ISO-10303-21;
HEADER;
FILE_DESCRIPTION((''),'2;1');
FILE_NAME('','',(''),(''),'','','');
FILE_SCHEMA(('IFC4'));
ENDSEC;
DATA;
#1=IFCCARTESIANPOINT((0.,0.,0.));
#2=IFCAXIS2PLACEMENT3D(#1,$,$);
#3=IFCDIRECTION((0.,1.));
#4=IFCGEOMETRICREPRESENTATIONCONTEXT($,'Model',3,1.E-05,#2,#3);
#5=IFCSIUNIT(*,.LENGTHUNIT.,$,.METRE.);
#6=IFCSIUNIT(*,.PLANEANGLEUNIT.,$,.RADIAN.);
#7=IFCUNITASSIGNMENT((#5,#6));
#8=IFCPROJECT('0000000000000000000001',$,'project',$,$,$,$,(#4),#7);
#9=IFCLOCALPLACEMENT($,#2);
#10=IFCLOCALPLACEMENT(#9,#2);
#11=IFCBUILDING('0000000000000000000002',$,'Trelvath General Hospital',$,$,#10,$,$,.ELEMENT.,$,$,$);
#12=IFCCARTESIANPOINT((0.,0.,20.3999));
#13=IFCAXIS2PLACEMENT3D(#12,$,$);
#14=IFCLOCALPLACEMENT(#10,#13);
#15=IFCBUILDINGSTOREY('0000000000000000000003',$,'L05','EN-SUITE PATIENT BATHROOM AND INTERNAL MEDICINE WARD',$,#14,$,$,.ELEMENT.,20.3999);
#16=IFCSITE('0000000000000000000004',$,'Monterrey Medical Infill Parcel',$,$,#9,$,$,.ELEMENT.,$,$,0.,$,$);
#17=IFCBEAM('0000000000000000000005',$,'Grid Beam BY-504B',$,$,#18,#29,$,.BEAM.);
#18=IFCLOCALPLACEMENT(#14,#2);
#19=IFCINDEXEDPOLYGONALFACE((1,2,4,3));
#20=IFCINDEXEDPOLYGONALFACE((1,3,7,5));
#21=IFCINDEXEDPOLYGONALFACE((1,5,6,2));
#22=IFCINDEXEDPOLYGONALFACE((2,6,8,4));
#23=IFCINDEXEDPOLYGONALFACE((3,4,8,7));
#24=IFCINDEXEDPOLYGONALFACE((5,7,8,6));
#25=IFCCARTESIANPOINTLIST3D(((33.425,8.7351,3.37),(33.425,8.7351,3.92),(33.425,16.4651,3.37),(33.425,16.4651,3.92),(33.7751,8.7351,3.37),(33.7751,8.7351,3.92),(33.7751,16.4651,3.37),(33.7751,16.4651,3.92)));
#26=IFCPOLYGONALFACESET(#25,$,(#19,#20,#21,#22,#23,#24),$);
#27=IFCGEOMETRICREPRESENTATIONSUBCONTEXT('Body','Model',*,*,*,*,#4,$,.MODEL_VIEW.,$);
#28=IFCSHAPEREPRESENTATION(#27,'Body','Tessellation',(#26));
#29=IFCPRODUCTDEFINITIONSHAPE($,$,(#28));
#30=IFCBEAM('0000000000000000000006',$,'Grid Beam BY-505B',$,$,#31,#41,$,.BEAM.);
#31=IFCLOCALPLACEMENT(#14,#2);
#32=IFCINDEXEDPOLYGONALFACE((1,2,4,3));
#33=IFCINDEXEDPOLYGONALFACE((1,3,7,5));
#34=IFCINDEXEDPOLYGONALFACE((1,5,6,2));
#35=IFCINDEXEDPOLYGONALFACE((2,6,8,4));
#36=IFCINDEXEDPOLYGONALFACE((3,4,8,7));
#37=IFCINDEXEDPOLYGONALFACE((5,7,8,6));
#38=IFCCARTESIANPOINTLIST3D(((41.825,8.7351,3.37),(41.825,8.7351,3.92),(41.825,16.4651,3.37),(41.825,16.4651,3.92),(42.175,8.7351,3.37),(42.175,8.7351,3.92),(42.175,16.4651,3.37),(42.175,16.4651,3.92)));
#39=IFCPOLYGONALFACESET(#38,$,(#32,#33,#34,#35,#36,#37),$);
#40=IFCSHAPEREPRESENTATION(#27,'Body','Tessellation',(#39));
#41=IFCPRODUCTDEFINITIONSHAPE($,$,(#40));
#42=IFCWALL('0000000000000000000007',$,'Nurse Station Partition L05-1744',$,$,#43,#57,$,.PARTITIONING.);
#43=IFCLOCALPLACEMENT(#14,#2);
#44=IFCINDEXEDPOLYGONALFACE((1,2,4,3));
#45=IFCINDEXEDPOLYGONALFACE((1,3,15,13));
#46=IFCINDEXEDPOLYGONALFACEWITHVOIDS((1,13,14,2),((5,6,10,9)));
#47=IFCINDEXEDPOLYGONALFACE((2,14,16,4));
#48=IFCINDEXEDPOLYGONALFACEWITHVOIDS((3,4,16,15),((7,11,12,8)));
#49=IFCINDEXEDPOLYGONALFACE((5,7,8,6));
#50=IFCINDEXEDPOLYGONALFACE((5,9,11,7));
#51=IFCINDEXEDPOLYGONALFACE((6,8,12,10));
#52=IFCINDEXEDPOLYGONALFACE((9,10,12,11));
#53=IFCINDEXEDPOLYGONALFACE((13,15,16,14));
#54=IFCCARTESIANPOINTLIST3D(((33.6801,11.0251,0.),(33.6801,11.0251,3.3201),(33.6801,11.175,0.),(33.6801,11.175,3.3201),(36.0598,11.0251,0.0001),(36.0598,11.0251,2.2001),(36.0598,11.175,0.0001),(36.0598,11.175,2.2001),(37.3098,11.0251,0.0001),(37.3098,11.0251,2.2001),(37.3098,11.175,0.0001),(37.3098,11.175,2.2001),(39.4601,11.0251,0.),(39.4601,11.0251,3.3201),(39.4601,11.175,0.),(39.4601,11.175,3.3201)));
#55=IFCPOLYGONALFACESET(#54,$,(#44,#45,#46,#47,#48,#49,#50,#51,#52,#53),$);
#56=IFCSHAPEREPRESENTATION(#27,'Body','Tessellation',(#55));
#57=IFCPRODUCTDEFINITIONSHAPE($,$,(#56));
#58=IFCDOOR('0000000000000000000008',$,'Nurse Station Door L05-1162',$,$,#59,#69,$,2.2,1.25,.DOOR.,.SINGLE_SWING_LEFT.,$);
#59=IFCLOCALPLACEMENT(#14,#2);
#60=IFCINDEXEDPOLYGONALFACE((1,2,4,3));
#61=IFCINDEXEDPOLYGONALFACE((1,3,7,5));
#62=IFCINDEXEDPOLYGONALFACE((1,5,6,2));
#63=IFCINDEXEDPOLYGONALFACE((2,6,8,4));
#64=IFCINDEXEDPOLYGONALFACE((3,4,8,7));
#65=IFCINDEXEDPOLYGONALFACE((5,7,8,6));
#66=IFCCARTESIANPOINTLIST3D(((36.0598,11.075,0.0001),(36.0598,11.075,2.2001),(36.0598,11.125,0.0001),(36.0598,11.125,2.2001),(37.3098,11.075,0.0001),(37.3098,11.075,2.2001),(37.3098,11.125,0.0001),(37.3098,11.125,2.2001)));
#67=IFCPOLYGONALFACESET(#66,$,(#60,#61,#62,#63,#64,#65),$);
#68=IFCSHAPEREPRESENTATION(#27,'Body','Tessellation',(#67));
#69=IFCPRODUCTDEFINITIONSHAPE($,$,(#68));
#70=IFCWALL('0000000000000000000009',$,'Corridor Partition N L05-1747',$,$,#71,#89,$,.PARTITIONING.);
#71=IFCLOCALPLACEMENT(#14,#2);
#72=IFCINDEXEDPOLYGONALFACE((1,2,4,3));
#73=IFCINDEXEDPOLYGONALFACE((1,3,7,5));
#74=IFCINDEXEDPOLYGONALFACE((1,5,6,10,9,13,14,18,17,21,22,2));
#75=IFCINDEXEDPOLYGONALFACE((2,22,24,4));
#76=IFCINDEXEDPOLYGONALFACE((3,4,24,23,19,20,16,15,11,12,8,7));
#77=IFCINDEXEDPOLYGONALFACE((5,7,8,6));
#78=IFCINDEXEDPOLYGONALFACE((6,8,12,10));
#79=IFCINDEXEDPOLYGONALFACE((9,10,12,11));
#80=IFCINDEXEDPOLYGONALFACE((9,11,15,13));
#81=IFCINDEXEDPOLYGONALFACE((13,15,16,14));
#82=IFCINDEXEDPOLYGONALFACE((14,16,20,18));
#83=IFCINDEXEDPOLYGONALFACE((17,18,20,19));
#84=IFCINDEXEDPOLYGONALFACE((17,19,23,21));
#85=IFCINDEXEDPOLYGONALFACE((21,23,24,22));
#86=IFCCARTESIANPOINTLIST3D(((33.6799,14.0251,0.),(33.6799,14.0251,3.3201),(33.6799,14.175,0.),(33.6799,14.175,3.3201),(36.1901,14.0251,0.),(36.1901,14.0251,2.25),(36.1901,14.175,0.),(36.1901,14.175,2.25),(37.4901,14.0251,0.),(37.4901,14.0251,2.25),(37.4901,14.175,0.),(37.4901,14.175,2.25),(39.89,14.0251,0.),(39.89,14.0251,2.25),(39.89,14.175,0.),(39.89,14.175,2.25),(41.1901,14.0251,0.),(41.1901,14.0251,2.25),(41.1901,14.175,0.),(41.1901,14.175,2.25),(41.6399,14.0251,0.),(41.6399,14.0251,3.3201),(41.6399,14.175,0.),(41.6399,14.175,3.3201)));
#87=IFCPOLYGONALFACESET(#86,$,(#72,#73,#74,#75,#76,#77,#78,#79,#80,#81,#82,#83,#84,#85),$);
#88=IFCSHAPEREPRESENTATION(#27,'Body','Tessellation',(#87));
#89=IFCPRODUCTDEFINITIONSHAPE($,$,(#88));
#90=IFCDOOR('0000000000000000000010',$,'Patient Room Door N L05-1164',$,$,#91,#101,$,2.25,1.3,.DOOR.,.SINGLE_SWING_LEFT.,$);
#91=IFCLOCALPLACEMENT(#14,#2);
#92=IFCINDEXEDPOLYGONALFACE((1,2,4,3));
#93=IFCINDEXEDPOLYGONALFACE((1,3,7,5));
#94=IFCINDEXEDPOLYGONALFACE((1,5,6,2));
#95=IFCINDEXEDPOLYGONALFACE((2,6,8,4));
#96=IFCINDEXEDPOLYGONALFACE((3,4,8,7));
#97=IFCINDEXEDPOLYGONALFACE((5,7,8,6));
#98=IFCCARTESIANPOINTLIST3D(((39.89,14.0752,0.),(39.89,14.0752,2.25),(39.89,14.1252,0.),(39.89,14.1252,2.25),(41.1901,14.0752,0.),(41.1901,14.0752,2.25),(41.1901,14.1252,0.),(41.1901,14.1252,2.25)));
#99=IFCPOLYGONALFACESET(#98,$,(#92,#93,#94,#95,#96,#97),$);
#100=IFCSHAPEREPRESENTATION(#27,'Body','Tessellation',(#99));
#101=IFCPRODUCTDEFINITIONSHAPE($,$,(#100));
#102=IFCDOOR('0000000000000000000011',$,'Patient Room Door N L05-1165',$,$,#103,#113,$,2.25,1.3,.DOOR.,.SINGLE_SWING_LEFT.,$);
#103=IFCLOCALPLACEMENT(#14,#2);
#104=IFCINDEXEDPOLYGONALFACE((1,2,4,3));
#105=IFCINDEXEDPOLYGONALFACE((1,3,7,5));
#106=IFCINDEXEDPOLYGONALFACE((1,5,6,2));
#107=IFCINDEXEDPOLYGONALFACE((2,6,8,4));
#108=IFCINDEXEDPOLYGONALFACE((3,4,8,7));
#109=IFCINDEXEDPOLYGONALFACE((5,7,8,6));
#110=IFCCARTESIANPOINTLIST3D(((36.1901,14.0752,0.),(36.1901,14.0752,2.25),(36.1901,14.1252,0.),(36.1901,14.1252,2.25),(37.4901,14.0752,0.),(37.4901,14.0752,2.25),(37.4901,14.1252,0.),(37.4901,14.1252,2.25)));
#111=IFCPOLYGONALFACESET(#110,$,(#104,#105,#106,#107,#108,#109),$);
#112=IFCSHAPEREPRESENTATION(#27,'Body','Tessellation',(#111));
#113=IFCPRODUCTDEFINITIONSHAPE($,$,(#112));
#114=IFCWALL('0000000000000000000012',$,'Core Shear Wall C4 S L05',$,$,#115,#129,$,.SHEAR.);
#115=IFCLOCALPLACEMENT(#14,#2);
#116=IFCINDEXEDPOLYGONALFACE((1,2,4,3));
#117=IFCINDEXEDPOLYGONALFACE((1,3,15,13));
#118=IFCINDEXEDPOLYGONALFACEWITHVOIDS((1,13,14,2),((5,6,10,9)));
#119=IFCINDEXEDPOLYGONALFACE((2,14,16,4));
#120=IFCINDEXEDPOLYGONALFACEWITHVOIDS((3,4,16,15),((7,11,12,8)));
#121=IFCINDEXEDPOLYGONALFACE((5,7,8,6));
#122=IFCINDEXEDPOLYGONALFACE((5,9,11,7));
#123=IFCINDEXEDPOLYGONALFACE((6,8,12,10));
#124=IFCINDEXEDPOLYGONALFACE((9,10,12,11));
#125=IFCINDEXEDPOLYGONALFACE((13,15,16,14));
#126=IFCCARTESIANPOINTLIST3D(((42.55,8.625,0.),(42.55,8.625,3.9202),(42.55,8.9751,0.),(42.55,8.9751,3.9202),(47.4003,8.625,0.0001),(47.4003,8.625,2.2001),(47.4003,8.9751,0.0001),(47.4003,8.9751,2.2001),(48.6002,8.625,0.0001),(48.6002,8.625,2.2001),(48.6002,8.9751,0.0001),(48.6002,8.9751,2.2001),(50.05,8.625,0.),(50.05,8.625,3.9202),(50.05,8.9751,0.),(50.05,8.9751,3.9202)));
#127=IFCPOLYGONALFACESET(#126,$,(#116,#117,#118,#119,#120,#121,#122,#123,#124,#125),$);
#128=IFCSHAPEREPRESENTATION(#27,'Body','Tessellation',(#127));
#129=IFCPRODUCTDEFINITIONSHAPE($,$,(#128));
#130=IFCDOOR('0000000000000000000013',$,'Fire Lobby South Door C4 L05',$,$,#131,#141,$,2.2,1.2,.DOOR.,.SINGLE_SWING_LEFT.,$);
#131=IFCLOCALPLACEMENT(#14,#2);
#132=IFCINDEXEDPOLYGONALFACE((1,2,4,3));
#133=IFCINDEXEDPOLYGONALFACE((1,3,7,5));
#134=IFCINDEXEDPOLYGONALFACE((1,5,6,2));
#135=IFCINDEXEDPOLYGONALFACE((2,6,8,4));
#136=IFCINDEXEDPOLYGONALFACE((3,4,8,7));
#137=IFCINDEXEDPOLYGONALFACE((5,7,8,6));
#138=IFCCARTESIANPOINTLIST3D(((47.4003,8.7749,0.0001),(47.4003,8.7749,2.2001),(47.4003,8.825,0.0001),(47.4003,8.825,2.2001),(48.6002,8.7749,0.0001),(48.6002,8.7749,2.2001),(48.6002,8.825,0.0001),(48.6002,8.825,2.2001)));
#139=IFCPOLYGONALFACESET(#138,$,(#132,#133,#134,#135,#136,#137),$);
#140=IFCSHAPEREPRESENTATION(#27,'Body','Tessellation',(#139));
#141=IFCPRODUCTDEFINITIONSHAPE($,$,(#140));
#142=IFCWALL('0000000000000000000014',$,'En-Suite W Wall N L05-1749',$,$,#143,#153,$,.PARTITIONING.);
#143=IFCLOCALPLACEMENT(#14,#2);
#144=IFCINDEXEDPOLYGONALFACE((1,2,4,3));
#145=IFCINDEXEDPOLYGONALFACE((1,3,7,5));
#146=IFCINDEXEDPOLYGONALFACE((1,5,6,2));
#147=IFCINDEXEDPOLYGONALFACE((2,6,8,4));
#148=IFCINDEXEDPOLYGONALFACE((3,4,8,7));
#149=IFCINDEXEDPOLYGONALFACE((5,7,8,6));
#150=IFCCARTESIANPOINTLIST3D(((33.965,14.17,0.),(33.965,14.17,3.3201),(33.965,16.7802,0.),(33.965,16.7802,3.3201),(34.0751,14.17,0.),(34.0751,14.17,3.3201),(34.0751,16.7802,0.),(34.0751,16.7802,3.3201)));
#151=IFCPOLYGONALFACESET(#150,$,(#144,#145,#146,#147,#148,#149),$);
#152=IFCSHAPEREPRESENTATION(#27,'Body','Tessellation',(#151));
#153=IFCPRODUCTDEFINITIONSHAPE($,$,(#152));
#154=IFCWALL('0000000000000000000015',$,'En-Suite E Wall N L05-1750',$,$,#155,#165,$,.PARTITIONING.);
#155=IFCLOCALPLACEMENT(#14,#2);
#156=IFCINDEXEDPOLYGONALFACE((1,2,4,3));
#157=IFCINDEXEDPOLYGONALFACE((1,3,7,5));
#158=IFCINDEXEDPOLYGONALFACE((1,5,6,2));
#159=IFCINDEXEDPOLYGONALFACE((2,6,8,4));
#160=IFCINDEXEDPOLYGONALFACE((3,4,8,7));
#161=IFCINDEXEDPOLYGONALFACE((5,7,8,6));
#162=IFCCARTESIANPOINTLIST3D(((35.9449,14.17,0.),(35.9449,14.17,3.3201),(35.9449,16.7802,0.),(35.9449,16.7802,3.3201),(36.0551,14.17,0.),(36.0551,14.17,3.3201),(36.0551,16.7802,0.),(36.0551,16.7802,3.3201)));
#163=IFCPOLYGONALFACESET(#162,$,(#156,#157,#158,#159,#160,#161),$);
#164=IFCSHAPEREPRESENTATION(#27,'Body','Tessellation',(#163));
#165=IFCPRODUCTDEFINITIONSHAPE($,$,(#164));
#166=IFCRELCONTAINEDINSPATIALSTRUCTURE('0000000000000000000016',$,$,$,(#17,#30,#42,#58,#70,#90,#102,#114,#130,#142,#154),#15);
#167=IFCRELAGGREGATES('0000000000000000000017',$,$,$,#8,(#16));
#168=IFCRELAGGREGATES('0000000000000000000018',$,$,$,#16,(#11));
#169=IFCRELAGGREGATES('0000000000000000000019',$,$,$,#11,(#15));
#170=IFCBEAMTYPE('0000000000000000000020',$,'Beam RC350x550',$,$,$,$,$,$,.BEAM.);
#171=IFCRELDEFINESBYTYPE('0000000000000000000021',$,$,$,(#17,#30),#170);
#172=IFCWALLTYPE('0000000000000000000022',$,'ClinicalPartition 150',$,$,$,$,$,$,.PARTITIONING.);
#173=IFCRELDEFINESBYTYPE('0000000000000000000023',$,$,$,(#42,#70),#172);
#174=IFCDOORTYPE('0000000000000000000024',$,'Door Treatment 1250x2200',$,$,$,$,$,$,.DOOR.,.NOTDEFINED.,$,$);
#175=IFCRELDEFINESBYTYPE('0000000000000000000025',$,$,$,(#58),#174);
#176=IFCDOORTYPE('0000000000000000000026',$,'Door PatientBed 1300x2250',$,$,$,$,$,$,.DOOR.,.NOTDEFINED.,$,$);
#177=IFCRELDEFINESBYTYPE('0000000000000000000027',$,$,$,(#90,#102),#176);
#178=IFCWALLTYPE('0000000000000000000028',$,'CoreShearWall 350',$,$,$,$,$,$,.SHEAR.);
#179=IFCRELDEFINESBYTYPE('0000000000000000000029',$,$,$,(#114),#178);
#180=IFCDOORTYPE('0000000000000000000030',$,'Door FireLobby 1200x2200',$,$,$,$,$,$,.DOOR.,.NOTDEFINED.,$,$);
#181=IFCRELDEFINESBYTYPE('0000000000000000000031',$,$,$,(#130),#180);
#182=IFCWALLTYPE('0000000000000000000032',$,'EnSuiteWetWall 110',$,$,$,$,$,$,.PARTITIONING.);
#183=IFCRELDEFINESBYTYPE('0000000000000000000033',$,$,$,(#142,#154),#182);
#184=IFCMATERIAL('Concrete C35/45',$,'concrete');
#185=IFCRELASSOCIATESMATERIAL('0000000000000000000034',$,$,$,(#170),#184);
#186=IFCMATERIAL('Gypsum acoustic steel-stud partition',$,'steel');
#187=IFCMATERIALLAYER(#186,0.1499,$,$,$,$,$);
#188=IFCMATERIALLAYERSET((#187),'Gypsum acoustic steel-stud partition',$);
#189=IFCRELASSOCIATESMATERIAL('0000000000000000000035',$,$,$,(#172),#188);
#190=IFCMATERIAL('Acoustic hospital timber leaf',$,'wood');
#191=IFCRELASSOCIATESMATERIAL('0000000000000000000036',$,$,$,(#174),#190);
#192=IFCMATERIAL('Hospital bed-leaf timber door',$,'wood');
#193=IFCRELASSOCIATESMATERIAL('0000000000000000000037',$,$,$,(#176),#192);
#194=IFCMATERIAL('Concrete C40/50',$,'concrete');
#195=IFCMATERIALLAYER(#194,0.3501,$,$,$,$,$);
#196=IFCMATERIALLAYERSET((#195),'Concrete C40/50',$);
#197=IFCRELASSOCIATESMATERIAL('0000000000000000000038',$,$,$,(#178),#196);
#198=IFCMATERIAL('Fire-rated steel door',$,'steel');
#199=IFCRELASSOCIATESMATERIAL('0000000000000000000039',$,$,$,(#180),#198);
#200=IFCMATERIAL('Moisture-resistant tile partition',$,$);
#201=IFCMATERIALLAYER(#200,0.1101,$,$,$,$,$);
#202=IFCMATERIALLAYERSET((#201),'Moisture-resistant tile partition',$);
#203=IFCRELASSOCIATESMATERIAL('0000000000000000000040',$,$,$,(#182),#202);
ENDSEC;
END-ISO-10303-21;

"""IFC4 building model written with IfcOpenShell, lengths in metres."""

from ifc_helpers import new_model, si_unit, direction, frame, frame_2d, origin, origin_2d, place, context, subcontext, project, spatial, rectangle, extrude, material, layer, layer_set, material_profile, profile_set, type_object, element, fill, save


model = new_model("IFC4")

# Units and contexts
model_context = context("Model", 3, precision=1e-05, world=origin(), true_north=direction((0.0, 1.0)))
body_context = subcontext(model_context, "Body", "Model", "MODEL_VIEW")
ifc_project = project(units=[si_unit("LENGTHUNIT", "METRE"), si_unit("PLANEANGLEUNIT", "RADIAN")], contexts=[model_context])

# Site, building, storey
site_placement = place(None, origin())
site = spatial("IfcSite", under=ifc_project, at=site_placement, Name="Monterrey Medical Infill Parcel", CompositionType="ELEMENT", RefElevation=0.0)
building_placement = place(site_placement, origin())
building = spatial("IfcBuilding", under=site, at=building_placement, Name="Trelvath General Hospital", CompositionType="ELEMENT")
storey_placement = place(building_placement, frame((0.0, 0.0, 20.3999)))
storey = spatial("IfcBuildingStorey", under=building, at=storey_placement, Name="L05", Description="EN-SUITE PATIENT BATHROOM AND INTERNAL MEDICINE WARD", CompositionType="ELEMENT", Elevation=20.3999)

# Beams
ifc_material_1 = material(Name="Concrete C35/45", Category="concrete")
ifc_material_profile = material_profile(ifc_material_1, rectangle(XDim=0.3501, YDim=0.55, at=origin_2d()), Name="RCB350x550")
ifc_profile_set = profile_set([ifc_material_profile], Name="Concrete C35/45")
beam_type = type_object("IfcBeamType", Name="Beam RC350x550", PredefinedType="BEAM", material=ifc_profile_set)
for number, where, z_axis, x_axis, name in (
    (1, (33.6001, 8.7351, 3.645), (0.0, 1.0, 0.0), (-1.0, 0.0, 0.0), "Grid Beam BY-504B"),
    (2, (42.0, 8.7351, 3.645), (0.0, 1.0, 0.0), (-1.0, 0.0, 0.0), "Grid Beam BY-505B"),
):
    element("IfcBeam", number, at=place(storey_placement, frame(where, z_axis=z_axis, x_axis=x_axis)), inside=storey, type_object=beam_type, Name=name, PredefinedType="BEAM", context=body_context, shape_type="SweptSolid", body=[
        extrude(rectangle(XDim=0.3501, YDim=0.55, at=origin_2d()), origin(), (0.0, 0.0, 1.0), 7.73),
    ])

# Wall, opening, door
ifc_material_2 = material(Name="Gypsum acoustic steel-stud partition", Category="steel")
ifc_layer_1 = layer(ifc_material_2, 0.1499)
ifc_layer_set_1 = layer_set([ifc_layer_1], Name="Gypsum acoustic steel-stud partition")
wall_type_1 = type_object("IfcWallType", Name="ClinicalPartition 150", PredefinedType="PARTITIONING", material=ifc_layer_set_1)
wall_1_placement = place(storey_placement, frame((33.6799, 11.1001, 0.0), z_axis=(0.0, 0.0, 1.0), x_axis=(1.0, 0.0, 0.0)))
wall_1 = element("IfcWall", 3, at=wall_1_placement, inside=storey, type_object=wall_type_1, Name="Nurse Station Partition L05-1744", PredefinedType="PARTITIONING", context=body_context, shape_type="SweptSolid", body=[
    extrude(rectangle(XDim=5.78, YDim=0.1499, at=frame_2d((2.8901, 0.0))), origin(), (0.0, 0.0, 1.0), 3.3201),
])
opening_1_placement = place(wall_1_placement, frame((2.3799, 0.0, 0.0)))
opening_1 = element("IfcOpeningElement", 4, at=opening_1_placement, cuts=wall_1, PredefinedType="OPENING", context=body_context, shape_type="SweptSolid", body=[
    extrude(rectangle(XDim=1.25, YDim=2.2, at=frame_2d((0.625, 1.1001))), frame((0.0, 0.085, 0.0), z_axis=(0.0, -1.0, 0.0), x_axis=(1.0, 0.0, 0.0)), (0.0, 0.0, 1.0), 0.1699),
])
ifc_material_3 = material(Name="Acoustic hospital timber leaf", Category="wood")
door_type_1 = type_object("IfcDoorType", Name="Door Treatment 1250x2200", OperationType="NOTDEFINED", PredefinedType="DOOR", material=ifc_material_3)
door_1_placement = place(opening_1_placement, origin())
door_1 = element("IfcDoor", 5, at=door_1_placement, inside=storey, type_object=door_type_1, Name="Nurse Station Door L05-1162", OperationType="SINGLE_SWING_LEFT", OverallHeight=2.2, OverallWidth=1.25, PredefinedType="DOOR", context=body_context, shape_type="SweptSolid", body=[
    extrude(rectangle(XDim=1.25, YDim=2.2, at=frame_2d((0.625, 1.1001))), frame((0.0, 0.0249, 0.0), z_axis=(0.0, -1.0, 0.0), x_axis=(1.0, 0.0, 0.0)), (0.0, 0.0, 1.0), 0.05),
])
fill(opening_1, door_1)

# Wall, openings, doors
wall_2_placement = place(storey_placement, frame((41.6399, 14.1001, 0.0), z_axis=(0.0, 0.0, 1.0), x_axis=(-1.0, 0.0, 0.0)))
wall_2 = element("IfcWall", 6, at=wall_2_placement, inside=storey, type_object=wall_type_1, Name="Corridor Partition N L05-1747", PredefinedType="PARTITIONING", context=body_context, shape_type="SweptSolid", body=[
    extrude(rectangle(XDim=7.96, YDim=0.1499, at=frame_2d((3.98, 0.0))), origin(), (0.0, 0.0, 1.0), 3.3201),
])
opening_2_placement = place(wall_2_placement, frame((0.45, 0.0, 0.0)))
opening_2 = element("IfcOpeningElement", 7, at=opening_2_placement, cuts=wall_2, PredefinedType="OPENING", context=body_context, shape_type="SweptSolid", body=[
    extrude(rectangle(XDim=1.3, YDim=2.25, at=frame_2d((0.6499, 1.125))), frame((0.0, 0.085, 0.0), z_axis=(0.0, -1.0, 0.0), x_axis=(1.0, 0.0, 0.0)), (0.0, 0.0, 1.0), 0.1699),
])
opening_3_placement = place(wall_2_placement, frame((4.1499, 0.0, 0.0)))
opening_3 = element("IfcOpeningElement", 8, at=opening_3_placement, cuts=wall_2, PredefinedType="OPENING", context=body_context, shape_type="SweptSolid", body=[
    extrude(rectangle(XDim=1.3, YDim=2.25, at=frame_2d((0.6499, 1.125))), frame((0.0, 0.085, 0.0), z_axis=(0.0, -1.0, 0.0), x_axis=(1.0, 0.0, 0.0)), (0.0, 0.0, 1.0), 0.1699),
])
ifc_material_4 = material(Name="Hospital bed-leaf timber door", Category="wood")
door_type_2 = type_object("IfcDoorType", Name="Door PatientBed 1300x2250", OperationType="NOTDEFINED", PredefinedType="DOOR", material=ifc_material_4)
door_2_placement = place(opening_2_placement, origin())
door_2 = element("IfcDoor", 9, at=door_2_placement, inside=storey, type_object=door_type_2, Name="Patient Room Door N L05-1164", OperationType="SINGLE_SWING_LEFT", OverallHeight=2.25, OverallWidth=1.3, PredefinedType="DOOR", context=body_context, shape_type="SweptSolid", body=[
    extrude(rectangle(XDim=1.3, YDim=2.25, at=frame_2d((0.6499, 1.125))), frame((0.0, 0.0249, 0.0), z_axis=(0.0, -1.0, 0.0), x_axis=(1.0, 0.0, 0.0)), (0.0, 0.0, 1.0), 0.05),
])
fill(opening_2, door_2)
door_3_placement = place(opening_3_placement, origin())
door_3 = element("IfcDoor", 10, at=door_3_placement, inside=storey, type_object=door_type_2, Name="Patient Room Door N L05-1165", OperationType="SINGLE_SWING_LEFT", OverallHeight=2.25, OverallWidth=1.3, PredefinedType="DOOR", context=body_context, shape_type="SweptSolid", body=[
    extrude(rectangle(XDim=1.3, YDim=2.25, at=frame_2d((0.6499, 1.125))), frame((0.0, 0.0249, 0.0), z_axis=(0.0, -1.0, 0.0), x_axis=(1.0, 0.0, 0.0)), (0.0, 0.0, 1.0), 0.05),
])
fill(opening_3, door_3)

# Wall, opening, door
ifc_material_5 = material(Name="Concrete C40/50", Category="concrete")
ifc_layer_2 = layer(ifc_material_5, 0.3501)
ifc_layer_set_2 = layer_set([ifc_layer_2], Name="Concrete C40/50")
wall_type_2 = type_object("IfcWallType", Name="CoreShearWall 350", PredefinedType="SHEAR", material=ifc_layer_set_2)
wall_3_placement = place(storey_placement, frame((42.55, 8.8, 0.0), z_axis=(0.0, 0.0, 1.0), x_axis=(1.0, 0.0, 0.0)))
wall_3 = element("IfcWall", 11, at=wall_3_placement, inside=storey, type_object=wall_type_2, Name="Core Shear Wall C4 S L05", PredefinedType="SHEAR", context=body_context, shape_type="SweptSolid", body=[
    extrude(rectangle(XDim=7.5, YDim=0.3501, at=frame_2d((3.75, 0.0))), origin(), (0.0, 0.0, 1.0), 3.9202),
])
opening_4_placement = place(wall_3_placement, frame((4.8501, 0.0, 0.0)))
opening_4 = element("IfcOpeningElement", 12, at=opening_4_placement, cuts=wall_3, PredefinedType="OPENING", context=body_context, shape_type="SweptSolid", body=[
    extrude(rectangle(XDim=1.2, YDim=2.2, at=frame_2d((0.6001, 1.1001))), frame((0.0, 0.1851, 0.0), z_axis=(0.0, -1.0, 0.0), x_axis=(1.0, 0.0, 0.0)), (0.0, 0.0, 1.0), 0.3701),
])
ifc_material_6 = material(Name="Fire-rated steel door", Category="steel")
door_type_3 = type_object("IfcDoorType", Name="Door FireLobby 1200x2200", OperationType="NOTDEFINED", PredefinedType="DOOR", material=ifc_material_6)
door_4_placement = place(opening_4_placement, origin())
door_4 = element("IfcDoor", 13, at=door_4_placement, inside=storey, type_object=door_type_3, Name="Fire Lobby South Door C4 L05", OperationType="SINGLE_SWING_LEFT", OverallHeight=2.2, OverallWidth=1.2, PredefinedType="DOOR", context=body_context, shape_type="SweptSolid", body=[
    extrude(rectangle(XDim=1.2, YDim=2.2, at=frame_2d((0.6001, 1.1001))), frame((0.0, 0.0249, 0.0), z_axis=(0.0, -1.0, 0.0), x_axis=(1.0, 0.0, 0.0)), (0.0, 0.0, 1.0), 0.05),
])
fill(opening_4, door_4)

# Walls
ifc_material_7 = material(Name="Moisture-resistant tile partition")
ifc_layer_3 = layer(ifc_material_7, 0.1101)
ifc_layer_set_3 = layer_set([ifc_layer_3], Name="Moisture-resistant tile partition")
wall_type_3 = type_object("IfcWallType", Name="EnSuiteWetWall 110", PredefinedType="PARTITIONING", material=ifc_layer_set_3)
for number, where, z_axis, x_axis, name in (
    (14, (34.02, 14.1699, 0.0), (0.0, 0.0, 1.0), (0.0, 1.0, 0.0), "En-Suite W Wall N L05-1749"),
    (15, (36.0, 14.1699, 0.0), (0.0, 0.0, 1.0), (0.0, 1.0, 0.0), "En-Suite E Wall N L05-1750"),
):
    element("IfcWall", number, at=place(storey_placement, frame(where, z_axis=z_axis, x_axis=x_axis)), inside=storey, type_object=wall_type_3, Name=name, PredefinedType="PARTITIONING", context=body_context, shape_type="SweptSolid", body=[
        extrude(rectangle(XDim=2.6101, YDim=0.1101, at=frame_2d((1.3052, 0.0))), origin(), (0.0, 0.0, 1.0), 3.3201),
    ])

save(model, "model.ifc")
